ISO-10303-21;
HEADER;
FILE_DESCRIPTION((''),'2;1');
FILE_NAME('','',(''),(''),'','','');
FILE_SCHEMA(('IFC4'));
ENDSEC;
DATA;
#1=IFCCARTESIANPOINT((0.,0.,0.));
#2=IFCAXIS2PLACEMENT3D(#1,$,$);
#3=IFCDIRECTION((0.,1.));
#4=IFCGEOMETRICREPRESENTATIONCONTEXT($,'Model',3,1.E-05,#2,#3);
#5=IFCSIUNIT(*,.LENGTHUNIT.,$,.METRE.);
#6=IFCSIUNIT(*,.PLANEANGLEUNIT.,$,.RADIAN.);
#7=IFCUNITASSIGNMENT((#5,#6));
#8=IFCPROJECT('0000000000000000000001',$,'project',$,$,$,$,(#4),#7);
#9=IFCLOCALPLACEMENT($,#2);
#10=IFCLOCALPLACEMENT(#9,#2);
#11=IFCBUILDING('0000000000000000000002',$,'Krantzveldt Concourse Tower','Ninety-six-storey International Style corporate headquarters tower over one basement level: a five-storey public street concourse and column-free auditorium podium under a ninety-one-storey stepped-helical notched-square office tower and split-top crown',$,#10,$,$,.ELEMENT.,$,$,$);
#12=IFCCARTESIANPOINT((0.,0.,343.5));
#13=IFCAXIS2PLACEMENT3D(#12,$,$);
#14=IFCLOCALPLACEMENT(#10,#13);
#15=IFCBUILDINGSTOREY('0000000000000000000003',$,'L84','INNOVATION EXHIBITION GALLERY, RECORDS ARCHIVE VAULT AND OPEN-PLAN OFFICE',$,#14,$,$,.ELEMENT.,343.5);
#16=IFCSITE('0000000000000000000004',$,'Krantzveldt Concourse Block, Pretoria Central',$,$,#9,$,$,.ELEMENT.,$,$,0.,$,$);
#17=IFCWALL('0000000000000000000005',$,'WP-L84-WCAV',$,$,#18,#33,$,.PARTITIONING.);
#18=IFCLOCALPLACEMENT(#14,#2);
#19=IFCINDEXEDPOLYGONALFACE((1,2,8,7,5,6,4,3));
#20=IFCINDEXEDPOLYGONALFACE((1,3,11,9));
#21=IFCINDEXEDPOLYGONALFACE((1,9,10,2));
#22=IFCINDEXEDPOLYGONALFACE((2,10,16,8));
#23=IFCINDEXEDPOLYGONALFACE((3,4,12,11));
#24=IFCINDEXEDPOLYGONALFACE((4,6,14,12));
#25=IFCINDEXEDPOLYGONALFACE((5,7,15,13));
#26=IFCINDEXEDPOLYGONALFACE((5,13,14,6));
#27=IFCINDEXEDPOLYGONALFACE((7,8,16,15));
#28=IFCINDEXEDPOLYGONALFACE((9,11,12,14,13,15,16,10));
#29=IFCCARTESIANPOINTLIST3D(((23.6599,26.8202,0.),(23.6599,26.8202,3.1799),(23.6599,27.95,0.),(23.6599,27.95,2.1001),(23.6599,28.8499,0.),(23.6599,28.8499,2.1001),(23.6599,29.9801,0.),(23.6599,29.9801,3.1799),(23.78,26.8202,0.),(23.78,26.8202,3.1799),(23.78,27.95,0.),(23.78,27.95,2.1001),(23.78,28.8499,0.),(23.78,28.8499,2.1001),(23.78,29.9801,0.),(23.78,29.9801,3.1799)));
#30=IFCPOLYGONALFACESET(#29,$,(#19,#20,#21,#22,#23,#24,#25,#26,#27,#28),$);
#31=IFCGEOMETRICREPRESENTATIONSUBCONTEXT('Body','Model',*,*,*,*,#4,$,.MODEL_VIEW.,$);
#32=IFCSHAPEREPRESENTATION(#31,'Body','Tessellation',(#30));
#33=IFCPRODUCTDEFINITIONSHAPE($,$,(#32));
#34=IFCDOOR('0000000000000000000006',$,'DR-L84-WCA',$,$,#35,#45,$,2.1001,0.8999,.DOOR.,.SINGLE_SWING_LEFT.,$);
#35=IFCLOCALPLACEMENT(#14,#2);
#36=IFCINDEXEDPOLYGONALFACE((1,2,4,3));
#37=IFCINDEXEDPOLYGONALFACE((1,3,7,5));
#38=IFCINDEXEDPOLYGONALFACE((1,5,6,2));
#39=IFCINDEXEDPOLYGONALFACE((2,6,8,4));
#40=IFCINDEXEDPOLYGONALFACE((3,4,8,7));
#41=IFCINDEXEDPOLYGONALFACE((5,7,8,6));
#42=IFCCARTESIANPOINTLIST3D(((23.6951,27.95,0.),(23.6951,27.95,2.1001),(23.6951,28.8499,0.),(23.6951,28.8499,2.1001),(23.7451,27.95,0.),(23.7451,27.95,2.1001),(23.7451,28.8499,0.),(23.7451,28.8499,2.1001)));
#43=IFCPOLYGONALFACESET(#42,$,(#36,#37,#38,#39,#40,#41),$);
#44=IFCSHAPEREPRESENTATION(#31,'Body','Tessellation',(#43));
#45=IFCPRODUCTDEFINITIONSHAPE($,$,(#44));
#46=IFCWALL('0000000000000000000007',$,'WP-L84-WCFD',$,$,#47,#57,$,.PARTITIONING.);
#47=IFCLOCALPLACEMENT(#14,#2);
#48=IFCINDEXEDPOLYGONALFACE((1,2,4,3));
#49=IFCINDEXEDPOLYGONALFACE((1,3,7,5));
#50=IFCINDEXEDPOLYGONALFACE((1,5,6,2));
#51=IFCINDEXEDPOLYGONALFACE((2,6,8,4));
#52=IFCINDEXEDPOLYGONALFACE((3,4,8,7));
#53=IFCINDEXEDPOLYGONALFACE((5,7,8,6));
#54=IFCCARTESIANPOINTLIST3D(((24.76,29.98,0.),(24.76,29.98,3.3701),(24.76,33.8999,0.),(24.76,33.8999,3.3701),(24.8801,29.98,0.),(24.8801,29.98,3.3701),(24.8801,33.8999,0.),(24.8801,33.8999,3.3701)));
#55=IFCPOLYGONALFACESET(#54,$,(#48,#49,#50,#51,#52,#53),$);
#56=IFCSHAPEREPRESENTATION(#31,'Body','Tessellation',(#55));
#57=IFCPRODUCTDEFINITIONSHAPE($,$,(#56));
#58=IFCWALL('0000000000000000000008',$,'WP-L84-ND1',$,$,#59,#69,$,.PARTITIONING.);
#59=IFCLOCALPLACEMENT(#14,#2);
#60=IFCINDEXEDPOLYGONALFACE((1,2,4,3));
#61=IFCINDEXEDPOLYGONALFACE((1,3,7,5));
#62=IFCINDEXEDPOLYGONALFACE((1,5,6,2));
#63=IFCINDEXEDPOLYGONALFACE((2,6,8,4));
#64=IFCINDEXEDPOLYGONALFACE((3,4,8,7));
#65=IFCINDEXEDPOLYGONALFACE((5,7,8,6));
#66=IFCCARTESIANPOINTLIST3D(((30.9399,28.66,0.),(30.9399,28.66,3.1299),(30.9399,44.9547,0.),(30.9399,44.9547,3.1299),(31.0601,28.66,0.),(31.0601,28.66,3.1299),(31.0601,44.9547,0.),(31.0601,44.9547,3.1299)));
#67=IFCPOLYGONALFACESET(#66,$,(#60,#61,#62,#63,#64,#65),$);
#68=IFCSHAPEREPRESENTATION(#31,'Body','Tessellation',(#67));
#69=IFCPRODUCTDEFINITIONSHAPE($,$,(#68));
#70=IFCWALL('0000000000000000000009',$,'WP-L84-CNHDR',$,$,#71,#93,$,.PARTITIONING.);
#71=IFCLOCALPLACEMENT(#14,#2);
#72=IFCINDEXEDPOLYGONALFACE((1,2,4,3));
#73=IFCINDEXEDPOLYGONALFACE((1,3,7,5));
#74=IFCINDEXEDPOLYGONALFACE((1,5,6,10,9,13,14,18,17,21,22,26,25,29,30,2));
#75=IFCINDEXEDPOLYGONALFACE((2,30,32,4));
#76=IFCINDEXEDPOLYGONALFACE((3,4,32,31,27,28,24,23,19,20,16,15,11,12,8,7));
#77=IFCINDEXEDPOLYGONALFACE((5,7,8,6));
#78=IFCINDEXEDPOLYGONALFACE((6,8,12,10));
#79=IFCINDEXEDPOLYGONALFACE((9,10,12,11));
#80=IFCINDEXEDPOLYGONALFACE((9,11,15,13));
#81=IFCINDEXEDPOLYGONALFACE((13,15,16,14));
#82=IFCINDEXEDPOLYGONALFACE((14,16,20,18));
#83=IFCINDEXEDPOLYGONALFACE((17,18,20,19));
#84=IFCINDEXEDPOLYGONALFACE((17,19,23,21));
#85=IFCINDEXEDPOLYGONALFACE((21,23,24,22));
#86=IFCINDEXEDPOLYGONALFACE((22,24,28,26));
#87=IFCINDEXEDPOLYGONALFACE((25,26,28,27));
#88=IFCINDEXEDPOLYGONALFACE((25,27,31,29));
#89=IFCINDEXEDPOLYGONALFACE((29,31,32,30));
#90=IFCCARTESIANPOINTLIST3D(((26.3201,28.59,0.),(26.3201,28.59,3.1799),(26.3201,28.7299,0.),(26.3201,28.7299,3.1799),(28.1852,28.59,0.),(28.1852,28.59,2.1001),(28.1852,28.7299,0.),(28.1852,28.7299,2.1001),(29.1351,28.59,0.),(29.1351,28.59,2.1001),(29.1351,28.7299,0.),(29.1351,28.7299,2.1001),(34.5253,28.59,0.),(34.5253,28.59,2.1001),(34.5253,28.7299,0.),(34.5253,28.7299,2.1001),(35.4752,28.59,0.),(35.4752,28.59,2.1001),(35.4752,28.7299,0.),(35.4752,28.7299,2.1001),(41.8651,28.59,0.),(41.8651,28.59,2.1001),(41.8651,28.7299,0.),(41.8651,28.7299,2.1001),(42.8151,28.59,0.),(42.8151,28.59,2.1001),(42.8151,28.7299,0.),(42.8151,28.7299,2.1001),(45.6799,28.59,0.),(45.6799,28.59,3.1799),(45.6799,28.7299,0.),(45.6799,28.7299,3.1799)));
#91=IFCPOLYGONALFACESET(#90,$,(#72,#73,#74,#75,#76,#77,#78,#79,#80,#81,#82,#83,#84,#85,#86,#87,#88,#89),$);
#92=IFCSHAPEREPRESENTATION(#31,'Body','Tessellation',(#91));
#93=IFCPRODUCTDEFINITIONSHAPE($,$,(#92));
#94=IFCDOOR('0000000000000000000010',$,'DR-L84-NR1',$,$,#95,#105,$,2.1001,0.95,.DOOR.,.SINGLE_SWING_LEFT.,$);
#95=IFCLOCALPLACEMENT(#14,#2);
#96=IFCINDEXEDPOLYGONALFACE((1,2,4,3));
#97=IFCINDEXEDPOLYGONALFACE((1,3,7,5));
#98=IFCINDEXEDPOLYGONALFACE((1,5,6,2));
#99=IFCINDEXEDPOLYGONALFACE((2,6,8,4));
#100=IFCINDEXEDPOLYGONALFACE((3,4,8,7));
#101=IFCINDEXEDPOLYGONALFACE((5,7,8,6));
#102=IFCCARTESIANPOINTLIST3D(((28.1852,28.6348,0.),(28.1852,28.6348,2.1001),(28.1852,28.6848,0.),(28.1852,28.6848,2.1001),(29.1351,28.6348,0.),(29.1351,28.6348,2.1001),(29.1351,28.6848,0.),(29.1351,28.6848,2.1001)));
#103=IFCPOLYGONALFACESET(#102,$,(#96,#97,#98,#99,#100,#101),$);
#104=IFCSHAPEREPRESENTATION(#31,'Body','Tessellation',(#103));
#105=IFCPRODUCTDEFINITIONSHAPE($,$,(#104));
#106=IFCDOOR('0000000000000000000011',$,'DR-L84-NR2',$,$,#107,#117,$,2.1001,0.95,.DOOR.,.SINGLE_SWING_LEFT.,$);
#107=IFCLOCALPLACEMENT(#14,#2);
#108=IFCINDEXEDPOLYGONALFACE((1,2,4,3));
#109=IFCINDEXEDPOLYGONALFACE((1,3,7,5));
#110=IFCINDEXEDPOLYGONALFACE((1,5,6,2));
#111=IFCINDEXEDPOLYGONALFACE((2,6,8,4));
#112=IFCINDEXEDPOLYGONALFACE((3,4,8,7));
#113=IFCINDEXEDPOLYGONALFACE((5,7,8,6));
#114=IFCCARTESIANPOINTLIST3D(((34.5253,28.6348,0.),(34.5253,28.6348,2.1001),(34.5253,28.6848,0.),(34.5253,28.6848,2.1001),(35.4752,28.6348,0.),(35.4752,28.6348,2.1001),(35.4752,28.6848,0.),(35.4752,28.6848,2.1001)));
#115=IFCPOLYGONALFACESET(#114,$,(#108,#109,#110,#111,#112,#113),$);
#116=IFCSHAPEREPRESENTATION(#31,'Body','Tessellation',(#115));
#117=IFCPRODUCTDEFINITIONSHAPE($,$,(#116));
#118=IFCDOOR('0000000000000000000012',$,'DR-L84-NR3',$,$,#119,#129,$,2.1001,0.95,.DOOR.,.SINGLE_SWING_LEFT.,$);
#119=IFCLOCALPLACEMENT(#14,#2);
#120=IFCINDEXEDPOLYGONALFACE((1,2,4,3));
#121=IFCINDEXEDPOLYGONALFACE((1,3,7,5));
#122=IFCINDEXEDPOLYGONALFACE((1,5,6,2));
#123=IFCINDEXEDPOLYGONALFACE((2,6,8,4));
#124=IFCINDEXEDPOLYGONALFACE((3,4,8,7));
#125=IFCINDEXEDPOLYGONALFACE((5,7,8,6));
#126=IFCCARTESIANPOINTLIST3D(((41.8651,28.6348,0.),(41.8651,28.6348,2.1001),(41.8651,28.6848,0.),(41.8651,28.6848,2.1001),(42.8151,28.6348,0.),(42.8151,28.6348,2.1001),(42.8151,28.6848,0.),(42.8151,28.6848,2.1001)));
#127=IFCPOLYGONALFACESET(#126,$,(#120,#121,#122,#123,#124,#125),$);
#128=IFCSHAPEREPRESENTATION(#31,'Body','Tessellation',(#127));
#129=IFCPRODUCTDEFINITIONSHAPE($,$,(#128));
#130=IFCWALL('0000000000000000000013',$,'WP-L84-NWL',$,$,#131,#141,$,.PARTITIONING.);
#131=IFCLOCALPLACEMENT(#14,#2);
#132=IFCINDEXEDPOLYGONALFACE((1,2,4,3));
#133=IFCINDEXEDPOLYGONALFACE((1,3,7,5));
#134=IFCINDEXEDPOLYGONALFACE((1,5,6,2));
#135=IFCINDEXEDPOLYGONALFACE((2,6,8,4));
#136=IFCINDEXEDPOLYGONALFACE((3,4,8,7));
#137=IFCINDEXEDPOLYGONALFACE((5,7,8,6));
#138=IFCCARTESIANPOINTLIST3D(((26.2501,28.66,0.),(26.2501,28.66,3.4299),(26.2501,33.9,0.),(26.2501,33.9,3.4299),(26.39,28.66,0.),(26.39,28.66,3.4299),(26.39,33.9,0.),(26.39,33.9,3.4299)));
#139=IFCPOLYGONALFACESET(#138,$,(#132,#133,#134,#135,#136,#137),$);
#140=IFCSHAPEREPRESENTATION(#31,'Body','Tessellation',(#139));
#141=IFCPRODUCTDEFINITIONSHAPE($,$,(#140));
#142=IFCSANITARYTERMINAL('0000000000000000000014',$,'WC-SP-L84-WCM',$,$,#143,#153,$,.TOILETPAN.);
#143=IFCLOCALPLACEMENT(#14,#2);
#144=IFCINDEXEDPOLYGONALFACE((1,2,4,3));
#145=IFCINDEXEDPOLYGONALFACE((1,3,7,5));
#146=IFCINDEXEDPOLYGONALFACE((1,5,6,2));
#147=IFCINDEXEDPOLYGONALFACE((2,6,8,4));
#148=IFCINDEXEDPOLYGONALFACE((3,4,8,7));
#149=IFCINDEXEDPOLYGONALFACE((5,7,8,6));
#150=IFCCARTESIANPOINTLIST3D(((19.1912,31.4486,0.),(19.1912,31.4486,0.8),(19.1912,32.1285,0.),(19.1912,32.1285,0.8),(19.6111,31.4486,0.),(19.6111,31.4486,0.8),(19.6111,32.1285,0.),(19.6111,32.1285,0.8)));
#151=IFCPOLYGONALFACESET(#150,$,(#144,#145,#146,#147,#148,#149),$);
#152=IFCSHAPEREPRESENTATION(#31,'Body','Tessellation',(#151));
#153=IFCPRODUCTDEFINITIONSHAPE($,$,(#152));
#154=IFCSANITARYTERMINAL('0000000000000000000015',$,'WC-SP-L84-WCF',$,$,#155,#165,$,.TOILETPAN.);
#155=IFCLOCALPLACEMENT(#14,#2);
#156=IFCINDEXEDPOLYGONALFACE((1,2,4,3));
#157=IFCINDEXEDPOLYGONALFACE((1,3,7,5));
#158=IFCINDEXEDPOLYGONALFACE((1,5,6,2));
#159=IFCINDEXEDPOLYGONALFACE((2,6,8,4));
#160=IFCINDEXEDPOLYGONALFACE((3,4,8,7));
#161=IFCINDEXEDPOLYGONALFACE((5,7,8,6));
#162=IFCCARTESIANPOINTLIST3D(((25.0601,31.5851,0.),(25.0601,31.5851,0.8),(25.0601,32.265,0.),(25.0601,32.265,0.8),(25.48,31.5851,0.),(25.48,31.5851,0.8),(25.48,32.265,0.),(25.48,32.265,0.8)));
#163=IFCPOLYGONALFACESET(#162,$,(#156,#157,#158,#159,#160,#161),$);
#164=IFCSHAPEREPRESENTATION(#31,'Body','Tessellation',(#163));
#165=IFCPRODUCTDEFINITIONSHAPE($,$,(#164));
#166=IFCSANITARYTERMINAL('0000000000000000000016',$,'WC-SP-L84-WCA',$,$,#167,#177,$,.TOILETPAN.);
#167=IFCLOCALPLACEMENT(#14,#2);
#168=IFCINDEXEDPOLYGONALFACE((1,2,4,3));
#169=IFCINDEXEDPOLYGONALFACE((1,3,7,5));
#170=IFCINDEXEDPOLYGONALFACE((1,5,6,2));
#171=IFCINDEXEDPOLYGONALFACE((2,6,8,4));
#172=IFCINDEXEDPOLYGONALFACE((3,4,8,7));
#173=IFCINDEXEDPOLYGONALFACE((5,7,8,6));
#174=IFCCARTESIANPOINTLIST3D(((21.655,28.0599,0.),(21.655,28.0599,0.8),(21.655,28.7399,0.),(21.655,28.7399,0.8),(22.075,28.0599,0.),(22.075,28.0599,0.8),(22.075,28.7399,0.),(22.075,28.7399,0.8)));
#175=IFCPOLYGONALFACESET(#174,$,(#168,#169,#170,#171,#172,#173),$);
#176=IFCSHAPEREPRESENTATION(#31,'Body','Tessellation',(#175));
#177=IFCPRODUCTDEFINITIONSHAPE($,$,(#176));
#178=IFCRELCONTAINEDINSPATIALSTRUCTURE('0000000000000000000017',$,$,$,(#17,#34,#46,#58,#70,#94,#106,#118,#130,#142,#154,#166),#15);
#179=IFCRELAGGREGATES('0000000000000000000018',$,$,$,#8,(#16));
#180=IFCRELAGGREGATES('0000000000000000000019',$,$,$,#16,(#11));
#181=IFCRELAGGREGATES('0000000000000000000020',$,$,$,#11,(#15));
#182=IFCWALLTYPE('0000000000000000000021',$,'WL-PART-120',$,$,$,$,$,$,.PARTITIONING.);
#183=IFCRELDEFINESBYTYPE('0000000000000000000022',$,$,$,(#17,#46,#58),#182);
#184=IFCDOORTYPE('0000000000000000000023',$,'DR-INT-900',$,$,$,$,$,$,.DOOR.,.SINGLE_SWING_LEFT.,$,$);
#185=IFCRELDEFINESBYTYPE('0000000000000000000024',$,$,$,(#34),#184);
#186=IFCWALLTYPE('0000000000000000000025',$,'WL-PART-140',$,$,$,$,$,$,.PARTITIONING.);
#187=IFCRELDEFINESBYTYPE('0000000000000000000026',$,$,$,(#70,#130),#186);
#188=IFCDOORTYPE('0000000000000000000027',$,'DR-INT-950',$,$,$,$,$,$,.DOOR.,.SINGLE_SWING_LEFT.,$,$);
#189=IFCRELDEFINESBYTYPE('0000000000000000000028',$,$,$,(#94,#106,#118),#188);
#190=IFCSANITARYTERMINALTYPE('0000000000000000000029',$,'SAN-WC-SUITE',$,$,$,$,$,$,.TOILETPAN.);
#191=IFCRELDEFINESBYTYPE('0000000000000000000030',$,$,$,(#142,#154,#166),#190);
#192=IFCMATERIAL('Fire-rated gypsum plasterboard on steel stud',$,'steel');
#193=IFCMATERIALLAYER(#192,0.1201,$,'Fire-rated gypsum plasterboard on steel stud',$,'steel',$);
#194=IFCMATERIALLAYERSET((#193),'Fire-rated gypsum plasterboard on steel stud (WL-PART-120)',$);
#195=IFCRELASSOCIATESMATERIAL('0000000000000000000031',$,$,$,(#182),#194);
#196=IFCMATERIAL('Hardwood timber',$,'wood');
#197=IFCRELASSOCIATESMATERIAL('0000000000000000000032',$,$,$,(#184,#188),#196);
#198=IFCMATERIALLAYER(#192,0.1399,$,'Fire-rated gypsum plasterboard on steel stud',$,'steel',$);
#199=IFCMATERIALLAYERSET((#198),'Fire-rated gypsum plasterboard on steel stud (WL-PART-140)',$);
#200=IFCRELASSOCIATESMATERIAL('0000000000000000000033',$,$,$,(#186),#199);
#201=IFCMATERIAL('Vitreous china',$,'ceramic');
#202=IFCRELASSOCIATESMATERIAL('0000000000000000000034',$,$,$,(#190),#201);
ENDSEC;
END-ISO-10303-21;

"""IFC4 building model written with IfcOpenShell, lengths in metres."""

from ifc_helpers import new_model, si_unit, direction, frame, frame_2d, origin, origin_2d, place, context, subcontext, project, spatial, rectangle, extrude, source, transform, mapped, material, layer, layer_set, type_object, type_shapes, element, fill, save


model = new_model("IFC4")

# Units and contexts
model_context = context("Model", 3, precision=1e-05, world=origin(), true_north=direction((0.0, 1.0)))
body_context = subcontext(model_context, "Body", "Model", "MODEL_VIEW")
ifc_project = project(units=[si_unit("LENGTHUNIT", "METRE"), si_unit("PLANEANGLEUNIT", "RADIAN")], contexts=[model_context])

# Site, building, storey
site_placement = place(None, origin())
site = spatial("IfcSite", under=ifc_project, at=site_placement, Name="Krantzveldt Concourse Block, Pretoria Central", CompositionType="ELEMENT", RefElevation=0.0)
building_placement = place(site_placement, origin())
building = spatial("IfcBuilding", under=site, at=building_placement, Name="Krantzveldt Concourse Tower", Description="Ninety-six-storey International Style corporate headquarters tower over one basement level: a five-storey public street concourse and column-free auditorium podium under a ninety-one-storey stepped-helical notched-square office tower and split-top crown", CompositionType="ELEMENT")
storey_placement = place(building_placement, frame((0.0, 0.0, 343.5)))
storey = spatial("IfcBuildingStorey", under=building, at=storey_placement, Name="L84", Description="INNOVATION EXHIBITION GALLERY, RECORDS ARCHIVE VAULT AND OPEN-PLAN OFFICE", CompositionType="ELEMENT", Elevation=343.5)

# Shared definitions
ifc_material_1 = material(Name="Fire-rated gypsum plasterboard on steel stud", Category="steel")
ifc_layer_1 = layer(ifc_material_1, 0.1201, Name="Fire-rated gypsum plasterboard on steel stud", Category="steel")
ifc_layer_set_1 = layer_set([ifc_layer_1], Name="Fire-rated gypsum plasterboard on steel stud (WL-PART-120)")
wall_type_1 = type_object("IfcWallType", Name="WL-PART-120", PredefinedType="PARTITIONING", material=ifc_layer_set_1)

# Shared definitions
ifc_material_2 = material(Name="Hardwood timber", Category="wood")

# Wall, opening, door
wall_1_placement = place(storey_placement, frame((23.72, 26.8201, 0.0), z_axis=(0.0, 0.0, 1.0), x_axis=(0.0, 1.0, 0.0)))
wall_1 = element("IfcWall", 1, at=wall_1_placement, inside=storey, type_object=wall_type_1, Name="WP-L84-WCAV", PredefinedType="PARTITIONING", context=body_context, shape_type="SweptSolid", body=[
    extrude(rectangle(XDim=3.1599, YDim=0.1201, at=frame_2d((1.5801, 0.0))), origin(), (0.0, 0.0, 1.0), 3.1799),
])
opening_1_placement = place(wall_1_placement, frame((1.1299, 0.0, 0.0)))
opening_1 = element("IfcOpeningElement", 2, at=opening_1_placement, cuts=wall_1, PredefinedType="OPENING", context=body_context, shape_type="SweptSolid", body=[
    extrude(rectangle(XDim=0.8999, YDim=2.1001, at=frame_2d((0.45, 1.05))), frame((0.0, 0.0701, 0.0), z_axis=(0.0, -1.0, 0.0), x_axis=(1.0, 0.0, 0.0)), (0.0, 0.0, 1.0), 0.1401),
])
door_type_1 = type_object("IfcDoorType", Name="DR-INT-900", OperationType="SINGLE_SWING_LEFT", PredefinedType="DOOR", material=ifc_material_2)
door_1_placement = place(opening_1_placement, origin())
door_1 = element("IfcDoor", 3, at=door_1_placement, inside=storey, type_object=door_type_1, Name="DR-L84-WCA", OperationType="SINGLE_SWING_LEFT", OverallHeight=2.1001, OverallWidth=0.8999, PredefinedType="DOOR", context=body_context, shape_type="SweptSolid", body=[
    extrude(rectangle(XDim=0.8999, YDim=2.1001, at=frame_2d((0.45, 1.05))), frame((0.0, 0.0249, 0.0), z_axis=(0.0, -1.0, 0.0), x_axis=(1.0, 0.0, 0.0)), (0.0, 0.0, 1.0), 0.05),
])
fill(opening_1, door_1)

# Walls
wall_2_placement = place(storey_placement, frame((24.8201, 29.98, 0.0), z_axis=(0.0, 0.0, 1.0), x_axis=(0.0, 1.0, 0.0)))
element("IfcWall", 4, at=wall_2_placement, inside=storey, type_object=wall_type_1, Name="WP-L84-WCFD", PredefinedType="PARTITIONING", context=body_context, shape_type="SweptSolid", body=[
    extrude(rectangle(XDim=3.9199, YDim=0.1201, at=frame_2d((1.96, 0.0))), origin(), (0.0, 0.0, 1.0), 3.3701),
])
wall_3_placement = place(storey_placement, frame((31.0, 28.6599, 0.0), z_axis=(0.0, 0.0, 1.0), x_axis=(0.0, 1.0, 0.0)))
element("IfcWall", 5, at=wall_3_placement, inside=storey, type_object=wall_type_1, Name="WP-L84-ND1", PredefinedType="PARTITIONING", context=body_context, shape_type="SweptSolid", body=[
    extrude(rectangle(XDim=16.2947, YDim=0.1201, at=frame_2d((8.1475, 0.0))), origin(), (0.0, 0.0, 1.0), 3.1299),
])

# Wall, openings, doors
ifc_layer_2 = layer(ifc_material_1, 0.1399, Name="Fire-rated gypsum plasterboard on steel stud", Category="steel")
ifc_layer_set_2 = layer_set([ifc_layer_2], Name="Fire-rated gypsum plasterboard on steel stud (WL-PART-140)")
wall_type_2 = type_object("IfcWallType", Name="WL-PART-140", PredefinedType="PARTITIONING", material=ifc_layer_set_2)
wall_4_placement = place(storey_placement, frame((26.3201, 28.6599, 0.0), z_axis=(0.0, 0.0, 1.0), x_axis=(1.0, 0.0, 0.0)))
wall_4 = element("IfcWall", 6, at=wall_4_placement, inside=storey, type_object=wall_type_2, Name="WP-L84-CNHDR", PredefinedType="PARTITIONING", context=body_context, shape_type="SweptSolid", body=[
    extrude(rectangle(XDim=19.3599, YDim=0.1399, at=frame_2d((9.6799, 0.0))), origin(), (0.0, 0.0, 1.0), 3.1799),
])
opening_2_placement = place(wall_4_placement, frame((1.865, 0.0, 0.0)))
opening_2 = element("IfcOpeningElement", 7, at=opening_2_placement, cuts=wall_4, PredefinedType="OPENING", context=body_context, shape_type="SweptSolid", body=[
    extrude(rectangle(XDim=0.95, YDim=2.1001, at=frame_2d((0.4751, 1.05))), frame((0.0, 0.0801, 0.0), z_axis=(0.0, -1.0, 0.0), x_axis=(1.0, 0.0, 0.0)), (0.0, 0.0, 1.0), 0.1599),
])
opening_3_placement = place(wall_4_placement, frame((8.2051, 0.0, 0.0)))
opening_3 = element("IfcOpeningElement", 8, at=opening_3_placement, cuts=wall_4, PredefinedType="OPENING", context=body_context, shape_type="SweptSolid", body=[
    extrude(rectangle(XDim=0.95, YDim=2.1001, at=frame_2d((0.4751, 1.05))), frame((0.0, 0.0801, 0.0), z_axis=(0.0, -1.0, 0.0), x_axis=(1.0, 0.0, 0.0)), (0.0, 0.0, 1.0), 0.1599),
])
opening_4_placement = place(wall_4_placement, frame((15.5449, 0.0, 0.0)))
opening_4 = element("IfcOpeningElement", 9, at=opening_4_placement, cuts=wall_4, PredefinedType="OPENING", context=body_context, shape_type="SweptSolid", body=[
    extrude(rectangle(XDim=0.95, YDim=2.1001, at=frame_2d((0.4751, 1.05))), frame((0.0, 0.0801, 0.0), z_axis=(0.0, -1.0, 0.0), x_axis=(1.0, 0.0, 0.0)), (0.0, 0.0, 1.0), 0.1599),
])
door_type_2 = type_object("IfcDoorType", Name="DR-INT-950", OperationType="SINGLE_SWING_LEFT", PredefinedType="DOOR", material=ifc_material_2)
door_2_placement = place(opening_2_placement, origin())
door_2 = element("IfcDoor", 10, at=door_2_placement, inside=storey, type_object=door_type_2, Name="DR-L84-NR1", OperationType="SINGLE_SWING_LEFT", OverallHeight=2.1001, OverallWidth=0.95, PredefinedType="DOOR", context=body_context, shape_type="SweptSolid", body=[
    extrude(rectangle(XDim=0.95, YDim=2.1001, at=frame_2d((0.4751, 1.05))), frame((0.0, 0.0249, 0.0), z_axis=(0.0, -1.0, 0.0), x_axis=(1.0, 0.0, 0.0)), (0.0, 0.0, 1.0), 0.05),
])
fill(opening_2, door_2)
door_3_placement = place(opening_3_placement, origin())
door_3 = element("IfcDoor", 11, at=door_3_placement, inside=storey, type_object=door_type_2, Name="DR-L84-NR2", OperationType="SINGLE_SWING_LEFT", OverallHeight=2.1001, OverallWidth=0.95, PredefinedType="DOOR", context=body_context, shape_type="SweptSolid", body=[
    extrude(rectangle(XDim=0.95, YDim=2.1001, at=frame_2d((0.4751, 1.05))), frame((0.0, 0.0249, 0.0), z_axis=(0.0, -1.0, 0.0), x_axis=(1.0, 0.0, 0.0)), (0.0, 0.0, 1.0), 0.05),
])
fill(opening_3, door_3)
door_4_placement = place(opening_4_placement, origin())
door_4 = element("IfcDoor", 12, at=door_4_placement, inside=storey, type_object=door_type_2, Name="DR-L84-NR3", OperationType="SINGLE_SWING_LEFT", OverallHeight=2.1001, OverallWidth=0.95, PredefinedType="DOOR", context=body_context, shape_type="SweptSolid", body=[
    extrude(rectangle(XDim=0.95, YDim=2.1001, at=frame_2d((0.4751, 1.05))), frame((0.0, 0.0249, 0.0), z_axis=(0.0, -1.0, 0.0), x_axis=(1.0, 0.0, 0.0)), (0.0, 0.0, 1.0), 0.05),
])
fill(opening_4, door_4)

# Wall
wall_5_placement = place(storey_placement, frame((26.3201, 28.6599, 0.0), z_axis=(0.0, 0.0, 1.0), x_axis=(0.0, 1.0, 0.0)))
element("IfcWall", 13, at=wall_5_placement, inside=storey, type_object=wall_type_2, Name="WP-L84-NWL", PredefinedType="PARTITIONING", context=body_context, shape_type="SweptSolid", body=[
    extrude(rectangle(XDim=5.24, YDim=0.1399, at=frame_2d((2.6201, 0.0))), origin(), (0.0, 0.0, 1.0), 3.4299),
])

# Sanitary terminals
ifc_material_3 = material(Name="Vitreous china", Category="ceramic")
sanitary_terminal_type_1 = type_object("IfcSanitaryTerminalType", Name="SAN-WC-SUITE", PredefinedType="TOILETPAN", material=ifc_material_3)
shared_shape_1 = source(origin(), body_context, "Body", "SweptSolid", [
    extrude(rectangle(XDim=0.4199, YDim=0.6799, at=origin_2d()), origin(), (0.0, 0.0, 1.0), 0.8),
])
type_shapes(sanitary_terminal_type_1, [shared_shape_1])
for number, where, z_axis, x_axis, name in (
    (14, (19.4011, 31.7886, 0.0), (0.0, 0.0, 1.0), (1.0, 0.0, 0.0), "WC-SP-L84-WCM"),
    (15, (25.27, 31.925, 0.0), (0.0, 0.0, 1.0), (1.0, 0.0, 0.0), "WC-SP-L84-WCF"),
    (16, (21.865, 28.3999, 0.0), (0.0, 0.0, 1.0), (1.0, 0.0, 0.0), "WC-SP-L84-WCA"),
):
    element("IfcSanitaryTerminal", number, at=place(storey_placement, frame(where, z_axis=z_axis, x_axis=x_axis)), inside=storey, type_object=sanitary_terminal_type_1, Name=name, PredefinedType="TOILETPAN", context=body_context, shape_type="MappedRepresentation", body=[
        mapped(shared_shape_1, transform((0.0, 0.0, 0.0), x_axis=(1.0, 0.0, 0.0), y_axis=(0.0, 1.0, 0.0), z_axis=(0.0, 0.0, 1.0), scale=1.0)),
    ])

save(model, "model.ifc")
